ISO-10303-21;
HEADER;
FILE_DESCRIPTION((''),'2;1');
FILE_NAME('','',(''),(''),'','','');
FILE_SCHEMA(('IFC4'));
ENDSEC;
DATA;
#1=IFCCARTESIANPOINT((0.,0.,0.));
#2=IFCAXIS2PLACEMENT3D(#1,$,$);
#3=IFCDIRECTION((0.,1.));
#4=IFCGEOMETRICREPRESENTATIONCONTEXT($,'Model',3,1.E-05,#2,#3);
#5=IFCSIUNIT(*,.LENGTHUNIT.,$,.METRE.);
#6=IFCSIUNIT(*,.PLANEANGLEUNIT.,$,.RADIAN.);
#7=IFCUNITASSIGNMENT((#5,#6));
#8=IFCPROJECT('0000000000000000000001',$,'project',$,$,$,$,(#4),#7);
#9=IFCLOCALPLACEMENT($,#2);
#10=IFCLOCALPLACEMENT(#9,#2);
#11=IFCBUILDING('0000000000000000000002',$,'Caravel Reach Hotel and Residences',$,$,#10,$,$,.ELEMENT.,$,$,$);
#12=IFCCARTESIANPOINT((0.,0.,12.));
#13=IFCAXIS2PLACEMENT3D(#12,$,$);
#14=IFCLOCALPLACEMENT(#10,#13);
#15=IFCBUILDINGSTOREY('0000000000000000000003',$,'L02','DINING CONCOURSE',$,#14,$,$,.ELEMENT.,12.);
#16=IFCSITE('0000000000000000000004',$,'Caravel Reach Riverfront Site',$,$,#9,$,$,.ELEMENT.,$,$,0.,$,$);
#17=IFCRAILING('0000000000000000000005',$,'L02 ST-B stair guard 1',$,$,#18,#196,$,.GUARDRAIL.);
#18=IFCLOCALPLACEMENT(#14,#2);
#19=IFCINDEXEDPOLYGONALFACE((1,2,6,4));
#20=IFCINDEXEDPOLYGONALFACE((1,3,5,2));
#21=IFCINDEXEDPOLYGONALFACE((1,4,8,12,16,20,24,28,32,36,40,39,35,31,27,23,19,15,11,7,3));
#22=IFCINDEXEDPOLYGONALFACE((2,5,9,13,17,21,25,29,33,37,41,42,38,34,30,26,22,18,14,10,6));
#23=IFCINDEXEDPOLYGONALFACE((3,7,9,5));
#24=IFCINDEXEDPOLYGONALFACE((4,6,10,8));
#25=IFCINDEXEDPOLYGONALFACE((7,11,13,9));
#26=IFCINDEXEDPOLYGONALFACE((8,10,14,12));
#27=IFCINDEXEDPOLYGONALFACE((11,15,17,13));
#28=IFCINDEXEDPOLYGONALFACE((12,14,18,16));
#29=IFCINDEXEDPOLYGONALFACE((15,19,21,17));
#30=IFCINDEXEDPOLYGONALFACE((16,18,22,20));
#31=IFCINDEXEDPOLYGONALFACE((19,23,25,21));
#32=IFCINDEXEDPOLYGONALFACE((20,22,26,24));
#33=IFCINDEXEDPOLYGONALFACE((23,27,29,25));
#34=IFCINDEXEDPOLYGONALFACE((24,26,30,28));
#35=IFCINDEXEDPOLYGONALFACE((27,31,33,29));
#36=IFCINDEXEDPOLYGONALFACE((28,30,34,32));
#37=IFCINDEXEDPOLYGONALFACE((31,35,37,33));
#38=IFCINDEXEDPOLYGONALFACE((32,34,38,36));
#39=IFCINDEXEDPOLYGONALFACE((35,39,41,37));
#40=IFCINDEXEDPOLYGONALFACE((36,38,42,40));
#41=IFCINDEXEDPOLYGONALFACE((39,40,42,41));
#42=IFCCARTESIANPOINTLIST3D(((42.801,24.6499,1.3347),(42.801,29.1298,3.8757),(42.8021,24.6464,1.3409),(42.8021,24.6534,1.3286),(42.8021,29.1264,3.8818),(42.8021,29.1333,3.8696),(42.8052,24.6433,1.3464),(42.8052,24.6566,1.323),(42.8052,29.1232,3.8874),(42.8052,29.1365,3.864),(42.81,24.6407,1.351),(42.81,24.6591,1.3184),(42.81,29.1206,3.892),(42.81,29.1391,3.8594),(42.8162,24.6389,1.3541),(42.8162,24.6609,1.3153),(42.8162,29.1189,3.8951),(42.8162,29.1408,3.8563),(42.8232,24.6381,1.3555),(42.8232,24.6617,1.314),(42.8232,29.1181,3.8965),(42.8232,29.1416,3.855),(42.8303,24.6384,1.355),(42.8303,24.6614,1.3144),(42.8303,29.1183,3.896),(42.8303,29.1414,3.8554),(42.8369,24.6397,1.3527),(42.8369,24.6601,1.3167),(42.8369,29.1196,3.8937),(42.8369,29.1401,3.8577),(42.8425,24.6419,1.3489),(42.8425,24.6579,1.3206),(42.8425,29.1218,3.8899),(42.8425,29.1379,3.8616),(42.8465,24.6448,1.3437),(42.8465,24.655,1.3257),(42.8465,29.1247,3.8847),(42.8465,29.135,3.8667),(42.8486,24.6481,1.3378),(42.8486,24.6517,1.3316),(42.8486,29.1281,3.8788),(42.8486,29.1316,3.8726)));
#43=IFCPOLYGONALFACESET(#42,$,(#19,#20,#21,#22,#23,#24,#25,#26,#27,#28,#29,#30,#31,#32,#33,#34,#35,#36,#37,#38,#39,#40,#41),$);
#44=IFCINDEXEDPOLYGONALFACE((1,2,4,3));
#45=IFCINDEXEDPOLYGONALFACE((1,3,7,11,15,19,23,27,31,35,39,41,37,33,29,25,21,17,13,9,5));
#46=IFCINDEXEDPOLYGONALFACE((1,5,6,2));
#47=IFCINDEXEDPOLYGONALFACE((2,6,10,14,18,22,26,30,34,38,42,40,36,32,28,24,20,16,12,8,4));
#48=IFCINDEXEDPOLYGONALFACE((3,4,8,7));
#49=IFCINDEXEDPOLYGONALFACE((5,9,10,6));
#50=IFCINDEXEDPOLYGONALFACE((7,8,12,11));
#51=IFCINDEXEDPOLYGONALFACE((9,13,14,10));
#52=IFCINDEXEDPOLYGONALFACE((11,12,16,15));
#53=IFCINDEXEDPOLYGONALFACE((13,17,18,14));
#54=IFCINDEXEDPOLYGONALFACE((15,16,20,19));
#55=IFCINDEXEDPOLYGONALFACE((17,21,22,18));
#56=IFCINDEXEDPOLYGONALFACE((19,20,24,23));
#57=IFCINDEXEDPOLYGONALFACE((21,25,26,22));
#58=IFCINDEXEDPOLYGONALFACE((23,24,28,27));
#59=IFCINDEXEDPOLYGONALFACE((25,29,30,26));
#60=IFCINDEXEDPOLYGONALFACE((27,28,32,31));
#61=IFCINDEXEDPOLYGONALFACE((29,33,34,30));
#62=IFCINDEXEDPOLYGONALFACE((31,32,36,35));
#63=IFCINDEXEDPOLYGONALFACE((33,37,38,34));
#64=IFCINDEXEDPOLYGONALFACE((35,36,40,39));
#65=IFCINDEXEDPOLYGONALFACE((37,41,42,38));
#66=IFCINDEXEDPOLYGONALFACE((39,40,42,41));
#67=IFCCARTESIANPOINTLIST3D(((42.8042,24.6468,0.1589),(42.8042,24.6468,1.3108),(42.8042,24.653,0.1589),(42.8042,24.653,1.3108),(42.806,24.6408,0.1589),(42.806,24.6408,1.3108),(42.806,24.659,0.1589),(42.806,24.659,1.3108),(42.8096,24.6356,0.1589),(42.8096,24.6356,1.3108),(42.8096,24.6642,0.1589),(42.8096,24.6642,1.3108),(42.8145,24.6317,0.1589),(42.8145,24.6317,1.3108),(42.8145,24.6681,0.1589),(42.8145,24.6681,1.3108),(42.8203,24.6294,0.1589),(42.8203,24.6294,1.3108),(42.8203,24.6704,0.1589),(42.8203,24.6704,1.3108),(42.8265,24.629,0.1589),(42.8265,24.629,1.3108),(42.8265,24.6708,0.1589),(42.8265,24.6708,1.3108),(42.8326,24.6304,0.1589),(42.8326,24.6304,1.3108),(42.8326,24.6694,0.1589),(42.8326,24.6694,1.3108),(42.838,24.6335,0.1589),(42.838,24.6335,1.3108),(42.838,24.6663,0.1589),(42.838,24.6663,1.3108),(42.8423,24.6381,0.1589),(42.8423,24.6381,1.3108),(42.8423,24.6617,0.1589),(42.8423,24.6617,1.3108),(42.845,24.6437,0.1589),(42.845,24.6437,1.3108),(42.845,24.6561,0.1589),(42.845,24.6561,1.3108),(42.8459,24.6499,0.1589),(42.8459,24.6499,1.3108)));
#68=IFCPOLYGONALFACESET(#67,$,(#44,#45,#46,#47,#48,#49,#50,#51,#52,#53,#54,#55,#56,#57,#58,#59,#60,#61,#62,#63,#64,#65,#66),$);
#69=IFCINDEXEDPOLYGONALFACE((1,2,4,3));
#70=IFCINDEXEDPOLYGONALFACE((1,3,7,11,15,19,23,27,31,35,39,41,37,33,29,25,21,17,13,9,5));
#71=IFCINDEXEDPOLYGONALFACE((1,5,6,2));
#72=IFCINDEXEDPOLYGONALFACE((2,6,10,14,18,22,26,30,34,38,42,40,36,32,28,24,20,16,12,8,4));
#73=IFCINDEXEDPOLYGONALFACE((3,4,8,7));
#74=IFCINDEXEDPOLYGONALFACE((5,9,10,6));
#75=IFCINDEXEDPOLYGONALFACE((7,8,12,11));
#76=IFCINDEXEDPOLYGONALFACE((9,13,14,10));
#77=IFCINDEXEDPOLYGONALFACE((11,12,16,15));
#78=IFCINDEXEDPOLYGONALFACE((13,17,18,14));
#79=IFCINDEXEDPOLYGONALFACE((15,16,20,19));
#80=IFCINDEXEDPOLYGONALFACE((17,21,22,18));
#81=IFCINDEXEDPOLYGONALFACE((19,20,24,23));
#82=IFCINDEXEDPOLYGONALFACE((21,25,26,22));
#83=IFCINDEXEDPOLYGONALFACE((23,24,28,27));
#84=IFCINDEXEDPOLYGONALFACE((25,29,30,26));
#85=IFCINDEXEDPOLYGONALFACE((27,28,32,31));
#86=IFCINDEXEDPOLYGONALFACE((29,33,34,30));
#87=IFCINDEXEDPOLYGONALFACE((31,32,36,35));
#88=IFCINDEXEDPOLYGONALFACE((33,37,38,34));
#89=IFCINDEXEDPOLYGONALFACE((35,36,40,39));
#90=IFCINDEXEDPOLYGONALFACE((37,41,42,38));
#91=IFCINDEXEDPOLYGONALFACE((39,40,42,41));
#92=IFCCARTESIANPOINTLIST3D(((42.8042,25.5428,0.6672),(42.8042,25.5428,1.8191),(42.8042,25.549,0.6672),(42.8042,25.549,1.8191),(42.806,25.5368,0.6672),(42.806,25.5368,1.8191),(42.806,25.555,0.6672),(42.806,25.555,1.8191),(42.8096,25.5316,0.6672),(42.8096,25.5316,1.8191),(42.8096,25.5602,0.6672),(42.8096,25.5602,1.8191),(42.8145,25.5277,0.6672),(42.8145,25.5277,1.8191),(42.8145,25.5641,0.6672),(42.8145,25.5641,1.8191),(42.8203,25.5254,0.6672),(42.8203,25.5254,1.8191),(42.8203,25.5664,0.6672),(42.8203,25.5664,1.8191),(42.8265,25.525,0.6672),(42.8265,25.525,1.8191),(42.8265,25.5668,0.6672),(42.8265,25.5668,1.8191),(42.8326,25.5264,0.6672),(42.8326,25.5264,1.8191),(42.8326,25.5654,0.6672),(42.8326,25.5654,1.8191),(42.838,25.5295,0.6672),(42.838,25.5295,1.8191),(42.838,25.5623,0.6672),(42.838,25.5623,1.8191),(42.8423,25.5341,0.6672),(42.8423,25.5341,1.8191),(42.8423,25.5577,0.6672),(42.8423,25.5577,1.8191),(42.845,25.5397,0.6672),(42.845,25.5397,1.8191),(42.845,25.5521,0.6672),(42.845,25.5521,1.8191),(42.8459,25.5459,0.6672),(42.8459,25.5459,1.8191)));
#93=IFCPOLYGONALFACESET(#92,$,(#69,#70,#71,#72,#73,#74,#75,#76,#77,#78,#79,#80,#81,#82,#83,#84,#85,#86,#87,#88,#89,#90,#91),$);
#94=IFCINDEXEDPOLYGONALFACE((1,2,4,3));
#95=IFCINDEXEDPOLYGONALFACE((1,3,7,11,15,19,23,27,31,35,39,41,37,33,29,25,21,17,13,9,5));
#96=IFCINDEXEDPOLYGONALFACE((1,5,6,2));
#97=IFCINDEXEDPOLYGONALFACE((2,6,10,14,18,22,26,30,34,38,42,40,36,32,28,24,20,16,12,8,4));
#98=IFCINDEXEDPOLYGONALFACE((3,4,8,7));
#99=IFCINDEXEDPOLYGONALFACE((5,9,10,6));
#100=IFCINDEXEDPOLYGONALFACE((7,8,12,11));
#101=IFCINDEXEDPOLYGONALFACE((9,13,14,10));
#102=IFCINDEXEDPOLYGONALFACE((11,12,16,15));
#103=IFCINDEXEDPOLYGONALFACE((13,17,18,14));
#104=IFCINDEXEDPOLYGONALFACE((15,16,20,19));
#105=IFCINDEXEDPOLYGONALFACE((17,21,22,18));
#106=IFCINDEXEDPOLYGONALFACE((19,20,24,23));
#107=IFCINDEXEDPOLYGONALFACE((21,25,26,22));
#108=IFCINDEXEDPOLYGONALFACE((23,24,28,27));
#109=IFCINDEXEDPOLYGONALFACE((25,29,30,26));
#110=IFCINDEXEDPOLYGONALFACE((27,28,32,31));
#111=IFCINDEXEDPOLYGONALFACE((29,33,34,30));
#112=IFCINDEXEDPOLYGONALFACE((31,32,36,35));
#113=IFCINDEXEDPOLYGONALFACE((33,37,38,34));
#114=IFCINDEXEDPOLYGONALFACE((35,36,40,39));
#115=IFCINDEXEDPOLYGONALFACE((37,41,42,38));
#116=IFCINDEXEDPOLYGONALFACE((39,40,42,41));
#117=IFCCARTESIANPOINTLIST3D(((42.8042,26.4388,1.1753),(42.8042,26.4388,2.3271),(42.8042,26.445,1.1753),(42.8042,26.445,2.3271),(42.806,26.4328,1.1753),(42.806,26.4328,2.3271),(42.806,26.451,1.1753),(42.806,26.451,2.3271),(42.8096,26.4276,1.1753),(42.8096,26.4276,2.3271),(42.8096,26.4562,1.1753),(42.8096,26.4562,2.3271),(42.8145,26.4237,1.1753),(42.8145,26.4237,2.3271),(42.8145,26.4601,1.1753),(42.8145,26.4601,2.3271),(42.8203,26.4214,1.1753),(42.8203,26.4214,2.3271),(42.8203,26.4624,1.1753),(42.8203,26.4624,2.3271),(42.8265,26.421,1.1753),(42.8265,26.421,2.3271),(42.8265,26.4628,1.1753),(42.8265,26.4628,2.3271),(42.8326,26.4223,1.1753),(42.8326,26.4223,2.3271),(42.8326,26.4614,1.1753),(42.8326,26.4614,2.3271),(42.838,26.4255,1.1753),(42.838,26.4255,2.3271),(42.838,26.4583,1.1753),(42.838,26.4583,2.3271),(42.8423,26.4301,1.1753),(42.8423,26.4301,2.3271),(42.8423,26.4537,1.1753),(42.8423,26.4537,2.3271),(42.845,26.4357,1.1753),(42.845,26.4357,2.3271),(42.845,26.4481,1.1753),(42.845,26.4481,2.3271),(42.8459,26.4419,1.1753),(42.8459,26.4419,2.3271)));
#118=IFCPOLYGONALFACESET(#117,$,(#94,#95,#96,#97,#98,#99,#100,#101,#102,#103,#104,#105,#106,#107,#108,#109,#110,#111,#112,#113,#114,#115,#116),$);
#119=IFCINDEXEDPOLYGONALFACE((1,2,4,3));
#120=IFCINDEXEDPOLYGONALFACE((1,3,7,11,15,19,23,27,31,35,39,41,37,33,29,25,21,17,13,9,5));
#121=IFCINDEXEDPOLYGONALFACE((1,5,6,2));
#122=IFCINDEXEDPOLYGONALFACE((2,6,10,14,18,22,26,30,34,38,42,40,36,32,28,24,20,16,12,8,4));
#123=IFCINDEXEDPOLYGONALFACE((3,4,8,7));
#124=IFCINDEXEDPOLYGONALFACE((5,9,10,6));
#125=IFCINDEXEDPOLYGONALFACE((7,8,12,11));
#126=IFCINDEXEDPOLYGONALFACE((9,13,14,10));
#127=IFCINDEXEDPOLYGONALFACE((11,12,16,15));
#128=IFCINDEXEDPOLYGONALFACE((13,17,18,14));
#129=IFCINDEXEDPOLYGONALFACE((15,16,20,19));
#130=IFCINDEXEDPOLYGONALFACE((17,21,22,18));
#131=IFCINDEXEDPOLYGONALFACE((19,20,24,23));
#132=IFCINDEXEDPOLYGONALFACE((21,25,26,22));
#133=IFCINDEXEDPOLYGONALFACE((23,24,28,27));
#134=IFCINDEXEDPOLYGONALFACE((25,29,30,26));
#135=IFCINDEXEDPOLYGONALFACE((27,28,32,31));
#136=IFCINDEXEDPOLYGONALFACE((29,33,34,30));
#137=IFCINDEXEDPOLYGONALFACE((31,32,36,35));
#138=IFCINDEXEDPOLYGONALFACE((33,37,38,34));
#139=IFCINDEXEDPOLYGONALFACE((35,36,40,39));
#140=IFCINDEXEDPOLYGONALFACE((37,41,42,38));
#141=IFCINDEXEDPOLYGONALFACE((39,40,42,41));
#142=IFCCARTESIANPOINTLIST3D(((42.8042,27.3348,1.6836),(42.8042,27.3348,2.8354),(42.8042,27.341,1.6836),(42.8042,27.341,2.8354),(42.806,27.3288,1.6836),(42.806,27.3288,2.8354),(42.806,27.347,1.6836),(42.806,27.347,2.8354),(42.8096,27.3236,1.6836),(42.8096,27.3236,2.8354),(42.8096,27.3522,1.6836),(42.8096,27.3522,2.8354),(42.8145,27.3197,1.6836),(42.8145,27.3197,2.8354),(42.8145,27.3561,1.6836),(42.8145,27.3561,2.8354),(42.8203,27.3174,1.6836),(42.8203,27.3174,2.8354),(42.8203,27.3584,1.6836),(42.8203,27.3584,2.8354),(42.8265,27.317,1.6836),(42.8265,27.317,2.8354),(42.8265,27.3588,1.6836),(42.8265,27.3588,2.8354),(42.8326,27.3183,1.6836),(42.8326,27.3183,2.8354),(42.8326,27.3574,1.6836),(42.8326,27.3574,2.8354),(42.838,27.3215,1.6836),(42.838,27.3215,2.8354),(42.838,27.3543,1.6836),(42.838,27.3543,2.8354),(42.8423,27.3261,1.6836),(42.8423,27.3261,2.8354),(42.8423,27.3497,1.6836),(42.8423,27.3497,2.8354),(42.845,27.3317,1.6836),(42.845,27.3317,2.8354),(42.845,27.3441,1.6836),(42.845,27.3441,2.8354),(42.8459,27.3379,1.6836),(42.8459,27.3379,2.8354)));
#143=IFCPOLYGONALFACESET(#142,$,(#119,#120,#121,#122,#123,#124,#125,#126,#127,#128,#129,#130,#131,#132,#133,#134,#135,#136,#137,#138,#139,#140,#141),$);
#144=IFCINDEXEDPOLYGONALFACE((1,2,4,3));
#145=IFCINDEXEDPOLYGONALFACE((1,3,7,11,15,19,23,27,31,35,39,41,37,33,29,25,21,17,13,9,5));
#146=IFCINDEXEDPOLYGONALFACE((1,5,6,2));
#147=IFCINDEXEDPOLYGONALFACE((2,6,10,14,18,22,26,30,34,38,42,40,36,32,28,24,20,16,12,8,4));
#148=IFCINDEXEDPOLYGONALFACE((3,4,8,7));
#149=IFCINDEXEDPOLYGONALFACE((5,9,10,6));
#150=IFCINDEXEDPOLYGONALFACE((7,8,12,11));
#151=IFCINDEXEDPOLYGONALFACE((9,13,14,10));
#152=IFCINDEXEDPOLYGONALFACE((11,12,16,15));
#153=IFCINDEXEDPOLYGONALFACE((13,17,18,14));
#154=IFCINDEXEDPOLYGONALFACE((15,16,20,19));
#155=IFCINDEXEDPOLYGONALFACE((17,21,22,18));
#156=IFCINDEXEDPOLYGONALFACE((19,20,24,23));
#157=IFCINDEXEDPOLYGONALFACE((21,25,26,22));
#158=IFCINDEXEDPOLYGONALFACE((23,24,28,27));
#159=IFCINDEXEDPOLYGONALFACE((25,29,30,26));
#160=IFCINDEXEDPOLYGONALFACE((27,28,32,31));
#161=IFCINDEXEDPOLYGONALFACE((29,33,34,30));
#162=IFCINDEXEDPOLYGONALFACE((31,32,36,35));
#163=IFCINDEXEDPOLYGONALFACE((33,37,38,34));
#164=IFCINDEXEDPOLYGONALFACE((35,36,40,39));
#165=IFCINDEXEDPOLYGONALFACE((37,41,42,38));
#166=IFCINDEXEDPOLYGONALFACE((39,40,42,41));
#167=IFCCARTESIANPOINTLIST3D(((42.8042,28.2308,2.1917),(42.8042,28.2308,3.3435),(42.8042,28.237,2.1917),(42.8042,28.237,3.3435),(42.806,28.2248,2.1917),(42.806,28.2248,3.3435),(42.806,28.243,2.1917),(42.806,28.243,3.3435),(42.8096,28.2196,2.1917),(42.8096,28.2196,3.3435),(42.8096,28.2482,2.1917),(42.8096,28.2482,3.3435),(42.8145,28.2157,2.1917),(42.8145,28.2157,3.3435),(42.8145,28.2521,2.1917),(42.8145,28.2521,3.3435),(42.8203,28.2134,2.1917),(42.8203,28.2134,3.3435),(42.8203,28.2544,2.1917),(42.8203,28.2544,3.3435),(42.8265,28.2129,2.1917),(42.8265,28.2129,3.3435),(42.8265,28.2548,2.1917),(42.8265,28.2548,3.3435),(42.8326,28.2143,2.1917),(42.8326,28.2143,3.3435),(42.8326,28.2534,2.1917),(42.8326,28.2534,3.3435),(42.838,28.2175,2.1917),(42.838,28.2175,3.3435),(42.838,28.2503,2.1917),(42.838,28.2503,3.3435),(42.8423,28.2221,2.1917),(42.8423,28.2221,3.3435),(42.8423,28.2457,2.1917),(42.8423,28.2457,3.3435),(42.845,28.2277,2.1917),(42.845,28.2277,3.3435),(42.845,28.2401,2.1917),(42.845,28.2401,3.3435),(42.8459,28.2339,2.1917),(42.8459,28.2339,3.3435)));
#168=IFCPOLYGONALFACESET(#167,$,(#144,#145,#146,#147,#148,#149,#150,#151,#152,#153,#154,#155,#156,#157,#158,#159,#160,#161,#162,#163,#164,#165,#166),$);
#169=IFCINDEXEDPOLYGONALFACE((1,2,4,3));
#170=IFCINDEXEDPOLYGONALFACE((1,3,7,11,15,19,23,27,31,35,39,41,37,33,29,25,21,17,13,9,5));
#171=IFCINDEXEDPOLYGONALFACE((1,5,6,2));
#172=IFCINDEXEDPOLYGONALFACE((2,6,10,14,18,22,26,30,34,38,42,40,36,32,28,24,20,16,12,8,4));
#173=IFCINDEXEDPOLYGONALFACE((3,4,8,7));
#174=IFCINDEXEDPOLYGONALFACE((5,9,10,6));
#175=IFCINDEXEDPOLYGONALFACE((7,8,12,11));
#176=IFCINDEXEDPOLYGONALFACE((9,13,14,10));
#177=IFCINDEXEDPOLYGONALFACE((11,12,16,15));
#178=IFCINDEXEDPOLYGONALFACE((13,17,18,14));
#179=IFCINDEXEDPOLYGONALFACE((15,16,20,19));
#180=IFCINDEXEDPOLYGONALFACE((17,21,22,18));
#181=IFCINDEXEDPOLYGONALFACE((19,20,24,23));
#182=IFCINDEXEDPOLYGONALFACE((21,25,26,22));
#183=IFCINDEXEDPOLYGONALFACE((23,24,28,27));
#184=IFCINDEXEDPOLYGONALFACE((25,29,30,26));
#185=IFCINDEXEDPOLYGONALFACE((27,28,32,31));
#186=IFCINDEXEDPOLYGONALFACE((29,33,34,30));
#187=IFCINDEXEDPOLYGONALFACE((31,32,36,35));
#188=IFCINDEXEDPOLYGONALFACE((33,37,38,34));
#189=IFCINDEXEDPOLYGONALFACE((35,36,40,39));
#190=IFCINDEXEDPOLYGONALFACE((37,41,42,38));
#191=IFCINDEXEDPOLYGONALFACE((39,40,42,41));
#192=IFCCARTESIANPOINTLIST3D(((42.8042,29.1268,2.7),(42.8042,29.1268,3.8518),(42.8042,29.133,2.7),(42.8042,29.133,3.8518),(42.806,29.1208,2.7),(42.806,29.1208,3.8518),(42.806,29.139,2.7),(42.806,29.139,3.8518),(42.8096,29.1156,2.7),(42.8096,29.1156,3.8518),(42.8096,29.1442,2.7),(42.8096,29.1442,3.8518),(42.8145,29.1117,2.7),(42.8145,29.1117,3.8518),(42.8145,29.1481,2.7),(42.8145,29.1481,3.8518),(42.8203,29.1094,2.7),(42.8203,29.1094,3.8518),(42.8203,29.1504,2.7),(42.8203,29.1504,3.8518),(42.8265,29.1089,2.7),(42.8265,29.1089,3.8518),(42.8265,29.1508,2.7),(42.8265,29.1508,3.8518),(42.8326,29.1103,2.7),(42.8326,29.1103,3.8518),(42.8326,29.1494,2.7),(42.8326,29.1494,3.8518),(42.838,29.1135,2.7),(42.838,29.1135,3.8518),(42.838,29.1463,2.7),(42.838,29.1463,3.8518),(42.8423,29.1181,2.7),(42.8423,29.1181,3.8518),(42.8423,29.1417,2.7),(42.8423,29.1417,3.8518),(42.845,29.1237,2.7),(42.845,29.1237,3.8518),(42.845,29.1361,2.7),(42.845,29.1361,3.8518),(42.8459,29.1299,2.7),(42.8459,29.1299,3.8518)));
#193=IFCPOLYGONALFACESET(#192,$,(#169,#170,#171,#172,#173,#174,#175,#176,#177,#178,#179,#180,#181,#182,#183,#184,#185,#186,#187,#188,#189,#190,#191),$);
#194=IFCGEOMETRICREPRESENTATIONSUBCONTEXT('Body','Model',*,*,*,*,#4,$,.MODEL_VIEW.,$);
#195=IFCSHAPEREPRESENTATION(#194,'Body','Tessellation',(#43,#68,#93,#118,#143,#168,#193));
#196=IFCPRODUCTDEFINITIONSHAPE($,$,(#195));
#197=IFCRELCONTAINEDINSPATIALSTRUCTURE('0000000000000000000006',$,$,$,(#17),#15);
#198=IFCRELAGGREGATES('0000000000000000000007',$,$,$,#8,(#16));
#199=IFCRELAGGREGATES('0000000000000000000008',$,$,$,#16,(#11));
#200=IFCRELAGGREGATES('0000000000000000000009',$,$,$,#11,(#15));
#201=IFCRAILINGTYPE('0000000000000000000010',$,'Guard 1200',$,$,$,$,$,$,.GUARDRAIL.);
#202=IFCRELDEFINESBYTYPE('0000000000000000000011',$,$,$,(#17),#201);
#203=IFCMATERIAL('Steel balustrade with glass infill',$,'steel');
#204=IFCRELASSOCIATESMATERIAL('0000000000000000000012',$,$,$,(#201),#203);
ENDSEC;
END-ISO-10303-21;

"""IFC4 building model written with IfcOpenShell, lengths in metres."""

from ifc_helpers import new_model, si_unit, direction, frame, origin, origin_2d, place, context, subcontext, project, spatial, circle, extrude, material, type_object, element, save


model = new_model("IFC4")

# Units and contexts
model_context = context("Model", 3, precision=1e-05, world=origin(), true_north=direction((0.0, 1.0)))
body_context = subcontext(model_context, "Body", "Model", "MODEL_VIEW")
ifc_project = project(units=[si_unit("LENGTHUNIT", "METRE"), si_unit("PLANEANGLEUNIT", "RADIAN")], contexts=[model_context])

# Site, building, storey
site_placement = place(None, origin())
site = spatial("IfcSite", under=ifc_project, at=site_placement, Name="Caravel Reach Riverfront Site", CompositionType="ELEMENT", RefElevation=0.0)
building_placement = place(site_placement, origin())
building = spatial("IfcBuilding", under=site, at=building_placement, Name="Caravel Reach Hotel and Residences", CompositionType="ELEMENT")
storey_placement = place(building_placement, frame((0.0, 0.0, 12.0)))
storey = spatial("IfcBuildingStorey", under=building, at=storey_placement, Name="L02", Description="DINING CONCOURSE", CompositionType="ELEMENT", Elevation=12.0)

# Railing
ifc_material_1 = material(Name="Steel balustrade with glass infill", Category="steel")
railing_type_1 = type_object("IfcRailingType", Name="Guard 1200", PredefinedType="GUARDRAIL", material=ifc_material_1)
railing_1_placement = place(storey_placement, frame((42.825, 24.6499, 0.1589)))
element("IfcRailing", 1, at=railing_1_placement, inside=storey, type_object=railing_type_1, Name="L02 ST-B stair guard 1", PredefinedType="GUARDRAIL", context=body_context, shape_type="SweptSolid", body=[
    extrude(circle(Radius=0.0239, at=origin_2d()), frame((0.0, 0.0, 1.1758), z_axis=(0.0, 0.869826, 0.493359), x_axis=(-1.0, 0.0, 0.0)), (0.0, 0.0, 1.0), 5.1504),
    extrude(circle(Radius=0.021, at=origin_2d()), origin(), (0.0, 0.0, 1.0), 1.1519),
    extrude(circle(Radius=0.021, at=origin_2d()), frame((0.0, 0.896, 0.5083)), (0.0, 0.0, 1.0), 1.1519),
    extrude(circle(Radius=0.021, at=origin_2d()), frame((0.0, 1.792, 1.0164)), (0.0, 0.0, 1.0), 1.1519),
    extrude(circle(Radius=0.021, at=origin_2d()), frame((0.0, 2.688, 1.5247)), (0.0, 0.0, 1.0), 1.1519),
    extrude(circle(Radius=0.021, at=origin_2d()), frame((0.0, 3.584, 2.0327)), (0.0, 0.0, 1.0), 1.1519),
    extrude(circle(Radius=0.021, at=origin_2d()), frame((0.0, 4.48, 2.541)), (0.0, 0.0, 1.0), 1.1519),
])

save(model, "model.ifc")
